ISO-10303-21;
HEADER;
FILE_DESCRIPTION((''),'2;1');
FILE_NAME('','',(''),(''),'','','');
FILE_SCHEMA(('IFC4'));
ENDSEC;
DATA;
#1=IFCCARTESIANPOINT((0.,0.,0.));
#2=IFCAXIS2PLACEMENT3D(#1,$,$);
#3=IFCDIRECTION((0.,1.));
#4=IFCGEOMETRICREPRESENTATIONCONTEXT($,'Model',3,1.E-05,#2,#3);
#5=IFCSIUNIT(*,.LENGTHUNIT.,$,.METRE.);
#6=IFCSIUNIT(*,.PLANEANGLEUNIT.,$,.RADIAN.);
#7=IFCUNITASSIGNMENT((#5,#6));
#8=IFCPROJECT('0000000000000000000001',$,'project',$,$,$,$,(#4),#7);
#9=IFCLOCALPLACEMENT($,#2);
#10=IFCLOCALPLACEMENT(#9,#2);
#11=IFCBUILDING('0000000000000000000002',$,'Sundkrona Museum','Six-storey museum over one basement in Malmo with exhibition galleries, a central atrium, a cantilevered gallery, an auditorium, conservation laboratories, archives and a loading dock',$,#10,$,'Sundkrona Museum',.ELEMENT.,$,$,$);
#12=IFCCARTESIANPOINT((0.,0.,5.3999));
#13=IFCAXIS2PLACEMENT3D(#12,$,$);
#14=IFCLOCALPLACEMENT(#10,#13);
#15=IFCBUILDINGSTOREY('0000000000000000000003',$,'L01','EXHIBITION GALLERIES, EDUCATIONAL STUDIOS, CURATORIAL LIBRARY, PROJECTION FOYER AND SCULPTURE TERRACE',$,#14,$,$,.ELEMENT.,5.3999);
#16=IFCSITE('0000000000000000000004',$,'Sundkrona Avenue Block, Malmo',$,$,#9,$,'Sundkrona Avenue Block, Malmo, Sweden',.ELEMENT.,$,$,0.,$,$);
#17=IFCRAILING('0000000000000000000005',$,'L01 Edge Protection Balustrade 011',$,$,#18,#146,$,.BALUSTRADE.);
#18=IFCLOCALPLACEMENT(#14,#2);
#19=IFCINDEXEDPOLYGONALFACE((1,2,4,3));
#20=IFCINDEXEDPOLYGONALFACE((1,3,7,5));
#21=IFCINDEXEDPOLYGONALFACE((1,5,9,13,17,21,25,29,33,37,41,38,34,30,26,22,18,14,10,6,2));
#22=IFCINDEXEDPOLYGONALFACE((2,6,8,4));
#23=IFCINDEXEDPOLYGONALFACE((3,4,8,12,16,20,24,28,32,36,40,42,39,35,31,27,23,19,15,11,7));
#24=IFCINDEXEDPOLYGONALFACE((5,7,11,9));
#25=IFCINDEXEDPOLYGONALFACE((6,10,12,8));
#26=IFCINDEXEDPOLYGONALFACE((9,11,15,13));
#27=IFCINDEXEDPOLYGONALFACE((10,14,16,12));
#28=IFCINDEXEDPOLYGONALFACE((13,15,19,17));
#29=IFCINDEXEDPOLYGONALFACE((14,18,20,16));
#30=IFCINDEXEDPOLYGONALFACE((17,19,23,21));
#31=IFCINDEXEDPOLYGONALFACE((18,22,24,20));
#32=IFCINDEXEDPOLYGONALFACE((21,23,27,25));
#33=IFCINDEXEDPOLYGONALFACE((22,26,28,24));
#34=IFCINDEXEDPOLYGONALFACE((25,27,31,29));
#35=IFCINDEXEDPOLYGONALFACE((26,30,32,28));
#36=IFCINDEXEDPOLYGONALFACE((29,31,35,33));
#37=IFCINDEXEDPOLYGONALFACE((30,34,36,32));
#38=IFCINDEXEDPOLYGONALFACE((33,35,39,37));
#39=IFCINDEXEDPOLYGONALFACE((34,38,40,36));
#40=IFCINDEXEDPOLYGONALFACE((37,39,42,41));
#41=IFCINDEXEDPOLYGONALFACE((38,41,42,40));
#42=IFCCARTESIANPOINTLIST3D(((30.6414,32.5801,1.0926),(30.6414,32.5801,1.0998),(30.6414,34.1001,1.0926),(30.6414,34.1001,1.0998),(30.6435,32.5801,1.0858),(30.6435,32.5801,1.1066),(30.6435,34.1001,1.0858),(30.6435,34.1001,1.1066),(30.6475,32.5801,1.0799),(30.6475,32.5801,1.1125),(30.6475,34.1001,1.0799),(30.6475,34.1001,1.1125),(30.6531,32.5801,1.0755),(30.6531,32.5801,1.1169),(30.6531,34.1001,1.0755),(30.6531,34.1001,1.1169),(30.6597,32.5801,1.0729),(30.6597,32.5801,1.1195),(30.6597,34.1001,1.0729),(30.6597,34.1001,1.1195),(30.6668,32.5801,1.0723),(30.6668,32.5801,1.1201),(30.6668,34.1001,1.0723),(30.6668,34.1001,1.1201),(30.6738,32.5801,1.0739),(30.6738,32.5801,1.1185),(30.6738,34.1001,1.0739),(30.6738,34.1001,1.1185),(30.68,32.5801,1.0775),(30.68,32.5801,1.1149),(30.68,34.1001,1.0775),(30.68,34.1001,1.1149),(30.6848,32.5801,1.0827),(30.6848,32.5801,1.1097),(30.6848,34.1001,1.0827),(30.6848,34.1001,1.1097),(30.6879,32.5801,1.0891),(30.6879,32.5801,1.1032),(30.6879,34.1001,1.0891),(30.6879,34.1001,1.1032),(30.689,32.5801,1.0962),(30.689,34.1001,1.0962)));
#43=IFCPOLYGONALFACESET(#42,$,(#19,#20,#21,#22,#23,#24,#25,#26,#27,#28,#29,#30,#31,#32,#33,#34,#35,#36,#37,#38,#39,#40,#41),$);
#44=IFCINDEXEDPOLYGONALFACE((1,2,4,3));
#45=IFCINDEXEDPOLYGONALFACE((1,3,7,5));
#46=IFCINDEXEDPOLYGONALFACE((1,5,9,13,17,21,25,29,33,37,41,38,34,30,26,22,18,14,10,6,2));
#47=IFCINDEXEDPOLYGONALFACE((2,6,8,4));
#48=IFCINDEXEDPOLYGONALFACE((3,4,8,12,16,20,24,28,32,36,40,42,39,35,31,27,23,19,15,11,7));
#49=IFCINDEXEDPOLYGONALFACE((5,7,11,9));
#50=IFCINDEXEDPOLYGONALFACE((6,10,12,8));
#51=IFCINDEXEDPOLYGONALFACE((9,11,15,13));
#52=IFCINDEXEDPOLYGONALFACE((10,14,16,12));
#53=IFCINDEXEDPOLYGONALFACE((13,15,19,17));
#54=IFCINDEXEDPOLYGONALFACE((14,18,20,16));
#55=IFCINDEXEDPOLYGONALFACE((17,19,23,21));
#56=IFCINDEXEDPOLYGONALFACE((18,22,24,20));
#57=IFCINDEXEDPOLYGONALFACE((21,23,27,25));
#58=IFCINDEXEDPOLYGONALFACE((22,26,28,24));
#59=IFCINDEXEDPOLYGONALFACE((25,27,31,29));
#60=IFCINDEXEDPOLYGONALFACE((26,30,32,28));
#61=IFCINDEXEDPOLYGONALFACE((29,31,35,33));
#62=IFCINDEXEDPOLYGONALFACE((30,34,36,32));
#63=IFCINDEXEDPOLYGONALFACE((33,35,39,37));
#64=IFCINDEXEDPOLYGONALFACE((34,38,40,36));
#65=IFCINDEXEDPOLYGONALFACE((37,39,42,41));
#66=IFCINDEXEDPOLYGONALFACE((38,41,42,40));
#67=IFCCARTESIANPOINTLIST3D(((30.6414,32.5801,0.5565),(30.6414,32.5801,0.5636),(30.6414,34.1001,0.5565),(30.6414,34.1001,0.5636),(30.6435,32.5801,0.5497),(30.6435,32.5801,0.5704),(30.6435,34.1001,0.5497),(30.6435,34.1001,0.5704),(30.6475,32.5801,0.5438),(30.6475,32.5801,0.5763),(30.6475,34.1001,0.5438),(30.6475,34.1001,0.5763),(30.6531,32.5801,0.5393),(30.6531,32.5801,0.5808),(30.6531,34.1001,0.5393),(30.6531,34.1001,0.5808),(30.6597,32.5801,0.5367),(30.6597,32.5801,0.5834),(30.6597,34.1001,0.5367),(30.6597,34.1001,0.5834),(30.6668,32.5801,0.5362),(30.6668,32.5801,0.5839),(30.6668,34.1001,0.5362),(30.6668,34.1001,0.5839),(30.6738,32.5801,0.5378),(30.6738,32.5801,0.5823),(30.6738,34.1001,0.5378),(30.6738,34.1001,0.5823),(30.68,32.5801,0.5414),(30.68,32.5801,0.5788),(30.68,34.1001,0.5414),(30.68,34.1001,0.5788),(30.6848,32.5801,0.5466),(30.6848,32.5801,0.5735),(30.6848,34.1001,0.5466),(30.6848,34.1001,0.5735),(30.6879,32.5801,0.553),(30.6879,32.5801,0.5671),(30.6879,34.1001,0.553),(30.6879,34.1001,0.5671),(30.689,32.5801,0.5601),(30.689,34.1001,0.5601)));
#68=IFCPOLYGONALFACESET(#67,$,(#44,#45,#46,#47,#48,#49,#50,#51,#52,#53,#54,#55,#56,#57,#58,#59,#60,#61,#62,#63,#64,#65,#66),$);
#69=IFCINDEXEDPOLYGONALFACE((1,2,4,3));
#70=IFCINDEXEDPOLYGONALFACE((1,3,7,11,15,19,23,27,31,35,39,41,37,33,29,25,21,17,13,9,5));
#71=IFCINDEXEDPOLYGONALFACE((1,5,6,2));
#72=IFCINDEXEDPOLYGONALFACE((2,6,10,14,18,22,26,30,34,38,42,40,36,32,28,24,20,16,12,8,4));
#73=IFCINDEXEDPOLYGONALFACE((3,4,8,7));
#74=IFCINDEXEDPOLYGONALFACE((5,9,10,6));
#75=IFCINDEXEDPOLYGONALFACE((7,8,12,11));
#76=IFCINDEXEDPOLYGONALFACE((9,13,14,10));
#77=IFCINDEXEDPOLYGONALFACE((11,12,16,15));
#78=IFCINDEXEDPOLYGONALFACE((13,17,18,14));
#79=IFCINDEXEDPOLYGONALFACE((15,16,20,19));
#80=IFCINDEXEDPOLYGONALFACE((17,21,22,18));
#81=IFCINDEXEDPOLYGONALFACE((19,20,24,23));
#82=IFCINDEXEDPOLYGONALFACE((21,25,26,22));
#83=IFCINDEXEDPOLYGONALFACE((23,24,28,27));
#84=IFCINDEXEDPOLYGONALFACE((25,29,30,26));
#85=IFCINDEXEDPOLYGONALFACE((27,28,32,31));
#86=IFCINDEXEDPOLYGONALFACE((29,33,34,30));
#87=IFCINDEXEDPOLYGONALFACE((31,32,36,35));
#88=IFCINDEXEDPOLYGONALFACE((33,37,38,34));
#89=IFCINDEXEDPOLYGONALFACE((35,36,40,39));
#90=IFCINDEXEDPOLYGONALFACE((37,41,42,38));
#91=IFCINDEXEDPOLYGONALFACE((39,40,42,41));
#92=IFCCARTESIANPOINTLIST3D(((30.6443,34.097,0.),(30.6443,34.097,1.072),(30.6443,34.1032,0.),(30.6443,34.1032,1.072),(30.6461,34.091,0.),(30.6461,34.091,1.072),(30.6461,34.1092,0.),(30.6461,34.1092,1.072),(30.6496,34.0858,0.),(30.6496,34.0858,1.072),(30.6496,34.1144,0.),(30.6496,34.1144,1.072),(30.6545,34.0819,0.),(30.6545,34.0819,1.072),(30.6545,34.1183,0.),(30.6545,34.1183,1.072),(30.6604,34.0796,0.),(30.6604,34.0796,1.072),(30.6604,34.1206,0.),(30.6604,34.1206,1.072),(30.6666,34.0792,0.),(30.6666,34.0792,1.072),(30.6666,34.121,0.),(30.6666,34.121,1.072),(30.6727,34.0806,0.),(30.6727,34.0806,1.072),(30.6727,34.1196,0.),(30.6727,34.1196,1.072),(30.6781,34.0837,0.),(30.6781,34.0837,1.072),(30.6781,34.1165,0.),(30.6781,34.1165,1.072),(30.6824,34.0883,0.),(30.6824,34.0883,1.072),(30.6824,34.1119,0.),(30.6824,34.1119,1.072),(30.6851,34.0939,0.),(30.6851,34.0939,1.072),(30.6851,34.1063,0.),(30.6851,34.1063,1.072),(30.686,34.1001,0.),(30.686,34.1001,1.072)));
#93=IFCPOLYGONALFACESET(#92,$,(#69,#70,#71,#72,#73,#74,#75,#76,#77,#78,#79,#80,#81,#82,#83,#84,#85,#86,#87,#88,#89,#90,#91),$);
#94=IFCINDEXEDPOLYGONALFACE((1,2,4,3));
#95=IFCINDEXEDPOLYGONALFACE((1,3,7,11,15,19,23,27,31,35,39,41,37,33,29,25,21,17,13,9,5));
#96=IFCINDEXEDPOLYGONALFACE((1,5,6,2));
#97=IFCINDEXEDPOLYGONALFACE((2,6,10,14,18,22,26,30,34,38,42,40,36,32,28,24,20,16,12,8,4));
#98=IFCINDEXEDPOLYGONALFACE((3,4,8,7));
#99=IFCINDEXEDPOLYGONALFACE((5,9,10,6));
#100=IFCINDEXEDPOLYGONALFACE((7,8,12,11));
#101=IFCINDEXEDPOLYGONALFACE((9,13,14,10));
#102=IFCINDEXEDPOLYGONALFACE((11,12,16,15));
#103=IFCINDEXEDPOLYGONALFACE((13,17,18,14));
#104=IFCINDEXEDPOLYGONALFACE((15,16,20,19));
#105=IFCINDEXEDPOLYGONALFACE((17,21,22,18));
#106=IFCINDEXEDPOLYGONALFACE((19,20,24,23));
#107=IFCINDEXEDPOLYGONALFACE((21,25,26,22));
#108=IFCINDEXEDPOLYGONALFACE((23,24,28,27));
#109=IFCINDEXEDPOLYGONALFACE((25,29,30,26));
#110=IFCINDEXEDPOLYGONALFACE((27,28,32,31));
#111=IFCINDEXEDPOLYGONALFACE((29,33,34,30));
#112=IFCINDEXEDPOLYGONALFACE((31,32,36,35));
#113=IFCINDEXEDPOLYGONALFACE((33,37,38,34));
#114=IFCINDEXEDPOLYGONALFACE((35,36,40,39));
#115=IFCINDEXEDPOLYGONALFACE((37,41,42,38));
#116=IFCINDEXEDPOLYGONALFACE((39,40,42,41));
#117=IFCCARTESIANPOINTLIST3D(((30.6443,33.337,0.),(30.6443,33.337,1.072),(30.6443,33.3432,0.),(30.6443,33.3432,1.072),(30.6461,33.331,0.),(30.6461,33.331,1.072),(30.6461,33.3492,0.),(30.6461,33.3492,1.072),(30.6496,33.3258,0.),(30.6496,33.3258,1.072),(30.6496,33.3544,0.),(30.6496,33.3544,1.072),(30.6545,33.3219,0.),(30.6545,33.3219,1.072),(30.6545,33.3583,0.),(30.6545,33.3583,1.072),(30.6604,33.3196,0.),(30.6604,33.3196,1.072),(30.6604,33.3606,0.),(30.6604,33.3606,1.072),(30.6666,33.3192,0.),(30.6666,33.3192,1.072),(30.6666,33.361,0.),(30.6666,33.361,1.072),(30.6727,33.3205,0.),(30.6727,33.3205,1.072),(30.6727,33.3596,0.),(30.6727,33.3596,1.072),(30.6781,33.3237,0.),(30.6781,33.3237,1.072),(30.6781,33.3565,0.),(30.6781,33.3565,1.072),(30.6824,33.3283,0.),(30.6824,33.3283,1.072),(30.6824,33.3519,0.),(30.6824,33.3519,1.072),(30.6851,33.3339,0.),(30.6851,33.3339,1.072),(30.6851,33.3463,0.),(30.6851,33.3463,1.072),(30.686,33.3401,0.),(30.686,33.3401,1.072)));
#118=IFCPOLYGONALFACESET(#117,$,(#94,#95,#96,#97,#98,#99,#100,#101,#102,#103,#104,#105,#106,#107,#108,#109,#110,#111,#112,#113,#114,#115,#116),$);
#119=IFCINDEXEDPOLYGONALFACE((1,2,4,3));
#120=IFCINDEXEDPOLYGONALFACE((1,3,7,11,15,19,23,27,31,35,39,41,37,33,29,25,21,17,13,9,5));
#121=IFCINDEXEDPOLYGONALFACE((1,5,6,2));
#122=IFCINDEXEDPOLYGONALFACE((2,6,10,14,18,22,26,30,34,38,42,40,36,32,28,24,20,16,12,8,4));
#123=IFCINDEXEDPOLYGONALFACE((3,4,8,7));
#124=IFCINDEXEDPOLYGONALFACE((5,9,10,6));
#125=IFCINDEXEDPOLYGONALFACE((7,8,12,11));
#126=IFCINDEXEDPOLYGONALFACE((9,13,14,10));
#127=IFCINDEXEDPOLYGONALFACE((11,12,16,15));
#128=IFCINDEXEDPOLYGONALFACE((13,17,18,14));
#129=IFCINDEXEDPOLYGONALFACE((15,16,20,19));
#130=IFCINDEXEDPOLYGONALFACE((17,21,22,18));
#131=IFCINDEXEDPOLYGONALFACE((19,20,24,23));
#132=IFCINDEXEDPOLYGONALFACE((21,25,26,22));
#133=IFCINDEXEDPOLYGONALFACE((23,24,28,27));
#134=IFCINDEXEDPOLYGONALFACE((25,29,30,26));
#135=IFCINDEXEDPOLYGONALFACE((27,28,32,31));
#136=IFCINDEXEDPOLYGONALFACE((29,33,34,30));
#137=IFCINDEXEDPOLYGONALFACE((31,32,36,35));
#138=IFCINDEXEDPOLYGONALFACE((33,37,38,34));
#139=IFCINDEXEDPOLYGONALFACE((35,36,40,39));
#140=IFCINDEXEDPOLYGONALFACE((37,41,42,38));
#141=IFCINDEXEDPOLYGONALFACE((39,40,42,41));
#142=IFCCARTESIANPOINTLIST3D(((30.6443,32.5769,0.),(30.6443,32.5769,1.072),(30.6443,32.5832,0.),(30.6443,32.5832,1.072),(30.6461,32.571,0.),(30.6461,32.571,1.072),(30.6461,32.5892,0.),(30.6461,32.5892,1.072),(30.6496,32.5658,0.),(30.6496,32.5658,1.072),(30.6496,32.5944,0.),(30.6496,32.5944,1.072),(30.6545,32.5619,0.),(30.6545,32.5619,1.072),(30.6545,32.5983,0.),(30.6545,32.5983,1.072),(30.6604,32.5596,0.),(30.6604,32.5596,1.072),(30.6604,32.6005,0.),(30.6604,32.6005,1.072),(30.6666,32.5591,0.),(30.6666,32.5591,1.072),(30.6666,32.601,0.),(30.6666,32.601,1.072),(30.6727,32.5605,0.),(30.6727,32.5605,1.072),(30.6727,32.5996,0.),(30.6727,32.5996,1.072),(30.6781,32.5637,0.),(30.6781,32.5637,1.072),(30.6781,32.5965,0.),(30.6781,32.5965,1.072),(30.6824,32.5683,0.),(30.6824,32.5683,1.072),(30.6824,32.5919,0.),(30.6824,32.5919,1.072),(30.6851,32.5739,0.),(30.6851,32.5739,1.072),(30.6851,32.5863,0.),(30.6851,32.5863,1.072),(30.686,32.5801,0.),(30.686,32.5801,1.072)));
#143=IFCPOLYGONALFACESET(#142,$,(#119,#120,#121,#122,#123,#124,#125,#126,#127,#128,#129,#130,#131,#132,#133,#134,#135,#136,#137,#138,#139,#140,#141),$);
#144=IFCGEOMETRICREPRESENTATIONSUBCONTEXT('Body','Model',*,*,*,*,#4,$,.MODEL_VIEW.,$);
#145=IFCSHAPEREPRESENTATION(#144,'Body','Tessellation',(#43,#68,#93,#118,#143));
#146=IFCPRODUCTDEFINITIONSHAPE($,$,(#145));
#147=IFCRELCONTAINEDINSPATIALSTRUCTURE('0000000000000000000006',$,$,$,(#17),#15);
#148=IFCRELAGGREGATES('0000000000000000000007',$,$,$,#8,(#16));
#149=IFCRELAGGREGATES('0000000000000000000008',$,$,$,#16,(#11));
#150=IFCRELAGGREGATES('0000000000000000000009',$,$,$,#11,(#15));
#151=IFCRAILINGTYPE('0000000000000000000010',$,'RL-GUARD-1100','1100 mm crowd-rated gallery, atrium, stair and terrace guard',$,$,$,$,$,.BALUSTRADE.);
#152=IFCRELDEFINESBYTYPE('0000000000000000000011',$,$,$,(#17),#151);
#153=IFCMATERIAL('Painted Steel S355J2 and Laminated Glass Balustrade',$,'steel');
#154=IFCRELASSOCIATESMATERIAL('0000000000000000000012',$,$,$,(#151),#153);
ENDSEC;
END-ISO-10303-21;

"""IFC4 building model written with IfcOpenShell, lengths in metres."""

from ifc_helpers import new_model, si_unit, direction, frame, origin, origin_2d, place, context, subcontext, project, spatial, circle, extrude, material, type_object, element, save


model = new_model("IFC4")

# Units and contexts
model_context = context("Model", 3, precision=1e-05, world=origin(), true_north=direction((0.0, 1.0)))
body_context = subcontext(model_context, "Body", "Model", "MODEL_VIEW")
ifc_project = project(units=[si_unit("LENGTHUNIT", "METRE"), si_unit("PLANEANGLEUNIT", "RADIAN")], contexts=[model_context])

# Site, building, storey
site_placement = place(None, origin())
site = spatial("IfcSite", under=ifc_project, at=site_placement, Name="Sundkrona Avenue Block, Malmo", LongName="Sundkrona Avenue Block, Malmo, Sweden", CompositionType="ELEMENT", RefElevation=0.0)
building_placement = place(site_placement, origin())
building = spatial("IfcBuilding", under=site, at=building_placement, Name="Sundkrona Museum", Description="Six-storey museum over one basement in Malmo with exhibition galleries, a central atrium, a cantilevered gallery, an auditorium, conservation laboratories, archives and a loading dock", LongName="Sundkrona Museum", CompositionType="ELEMENT")
storey_placement = place(building_placement, frame((0.0, 0.0, 5.3999)))
storey = spatial("IfcBuildingStorey", under=building, at=storey_placement, Name="L01", Description="EXHIBITION GALLERIES, EDUCATIONAL STUDIOS, CURATORIAL LIBRARY, PROJECTION FOYER AND SCULPTURE TERRACE", CompositionType="ELEMENT", Elevation=5.3999)

# Railing
ifc_material_1 = material(Name="Painted Steel S355J2 and Laminated Glass Balustrade", Category="steel")
railing_type = type_object("IfcRailingType", Name="RL-GUARD-1100", Description="1100 mm crowd-rated gallery, atrium, stair and terrace guard", PredefinedType="BALUSTRADE", material=ifc_material_1)
for number, where, name in (
    (1, (30.665, 34.1001, 0.0), "L01 Edge Protection Balustrade 011"),
):
    element("IfcRailing", number, at=place(storey_placement, frame(where)), inside=storey, type_object=railing_type, Name=name, PredefinedType="BALUSTRADE", context=body_context, shape_type="SweptSolid", body=[
        extrude(circle(Radius=0.0239, at=origin_2d()), frame((0.0, 0.0, 1.0962), z_axis=(0.0, -1.0, 0.0), x_axis=(1.0, 0.0, 0.0)), (0.0, 0.0, 1.0), 1.52),
        extrude(circle(Radius=0.0239, at=origin_2d()), frame((0.0, 0.0, 0.5601), z_axis=(0.0, -1.0, 0.0), x_axis=(1.0, 0.0, 0.0)), (0.0, 0.0, 1.0), 1.52),
        extrude(circle(Radius=0.021, at=origin_2d()), origin(), (0.0, 0.0, 1.0), 1.072),
        extrude(circle(Radius=0.021, at=origin_2d()), frame((0.0, -0.76, 0.0)), (0.0, 0.0, 1.0), 1.072),
        extrude(circle(Radius=0.021, at=origin_2d()), frame((0.0, -1.52, 0.0)), (0.0, 0.0, 1.0), 1.072),
    ])

save(model, "model.ifc")
